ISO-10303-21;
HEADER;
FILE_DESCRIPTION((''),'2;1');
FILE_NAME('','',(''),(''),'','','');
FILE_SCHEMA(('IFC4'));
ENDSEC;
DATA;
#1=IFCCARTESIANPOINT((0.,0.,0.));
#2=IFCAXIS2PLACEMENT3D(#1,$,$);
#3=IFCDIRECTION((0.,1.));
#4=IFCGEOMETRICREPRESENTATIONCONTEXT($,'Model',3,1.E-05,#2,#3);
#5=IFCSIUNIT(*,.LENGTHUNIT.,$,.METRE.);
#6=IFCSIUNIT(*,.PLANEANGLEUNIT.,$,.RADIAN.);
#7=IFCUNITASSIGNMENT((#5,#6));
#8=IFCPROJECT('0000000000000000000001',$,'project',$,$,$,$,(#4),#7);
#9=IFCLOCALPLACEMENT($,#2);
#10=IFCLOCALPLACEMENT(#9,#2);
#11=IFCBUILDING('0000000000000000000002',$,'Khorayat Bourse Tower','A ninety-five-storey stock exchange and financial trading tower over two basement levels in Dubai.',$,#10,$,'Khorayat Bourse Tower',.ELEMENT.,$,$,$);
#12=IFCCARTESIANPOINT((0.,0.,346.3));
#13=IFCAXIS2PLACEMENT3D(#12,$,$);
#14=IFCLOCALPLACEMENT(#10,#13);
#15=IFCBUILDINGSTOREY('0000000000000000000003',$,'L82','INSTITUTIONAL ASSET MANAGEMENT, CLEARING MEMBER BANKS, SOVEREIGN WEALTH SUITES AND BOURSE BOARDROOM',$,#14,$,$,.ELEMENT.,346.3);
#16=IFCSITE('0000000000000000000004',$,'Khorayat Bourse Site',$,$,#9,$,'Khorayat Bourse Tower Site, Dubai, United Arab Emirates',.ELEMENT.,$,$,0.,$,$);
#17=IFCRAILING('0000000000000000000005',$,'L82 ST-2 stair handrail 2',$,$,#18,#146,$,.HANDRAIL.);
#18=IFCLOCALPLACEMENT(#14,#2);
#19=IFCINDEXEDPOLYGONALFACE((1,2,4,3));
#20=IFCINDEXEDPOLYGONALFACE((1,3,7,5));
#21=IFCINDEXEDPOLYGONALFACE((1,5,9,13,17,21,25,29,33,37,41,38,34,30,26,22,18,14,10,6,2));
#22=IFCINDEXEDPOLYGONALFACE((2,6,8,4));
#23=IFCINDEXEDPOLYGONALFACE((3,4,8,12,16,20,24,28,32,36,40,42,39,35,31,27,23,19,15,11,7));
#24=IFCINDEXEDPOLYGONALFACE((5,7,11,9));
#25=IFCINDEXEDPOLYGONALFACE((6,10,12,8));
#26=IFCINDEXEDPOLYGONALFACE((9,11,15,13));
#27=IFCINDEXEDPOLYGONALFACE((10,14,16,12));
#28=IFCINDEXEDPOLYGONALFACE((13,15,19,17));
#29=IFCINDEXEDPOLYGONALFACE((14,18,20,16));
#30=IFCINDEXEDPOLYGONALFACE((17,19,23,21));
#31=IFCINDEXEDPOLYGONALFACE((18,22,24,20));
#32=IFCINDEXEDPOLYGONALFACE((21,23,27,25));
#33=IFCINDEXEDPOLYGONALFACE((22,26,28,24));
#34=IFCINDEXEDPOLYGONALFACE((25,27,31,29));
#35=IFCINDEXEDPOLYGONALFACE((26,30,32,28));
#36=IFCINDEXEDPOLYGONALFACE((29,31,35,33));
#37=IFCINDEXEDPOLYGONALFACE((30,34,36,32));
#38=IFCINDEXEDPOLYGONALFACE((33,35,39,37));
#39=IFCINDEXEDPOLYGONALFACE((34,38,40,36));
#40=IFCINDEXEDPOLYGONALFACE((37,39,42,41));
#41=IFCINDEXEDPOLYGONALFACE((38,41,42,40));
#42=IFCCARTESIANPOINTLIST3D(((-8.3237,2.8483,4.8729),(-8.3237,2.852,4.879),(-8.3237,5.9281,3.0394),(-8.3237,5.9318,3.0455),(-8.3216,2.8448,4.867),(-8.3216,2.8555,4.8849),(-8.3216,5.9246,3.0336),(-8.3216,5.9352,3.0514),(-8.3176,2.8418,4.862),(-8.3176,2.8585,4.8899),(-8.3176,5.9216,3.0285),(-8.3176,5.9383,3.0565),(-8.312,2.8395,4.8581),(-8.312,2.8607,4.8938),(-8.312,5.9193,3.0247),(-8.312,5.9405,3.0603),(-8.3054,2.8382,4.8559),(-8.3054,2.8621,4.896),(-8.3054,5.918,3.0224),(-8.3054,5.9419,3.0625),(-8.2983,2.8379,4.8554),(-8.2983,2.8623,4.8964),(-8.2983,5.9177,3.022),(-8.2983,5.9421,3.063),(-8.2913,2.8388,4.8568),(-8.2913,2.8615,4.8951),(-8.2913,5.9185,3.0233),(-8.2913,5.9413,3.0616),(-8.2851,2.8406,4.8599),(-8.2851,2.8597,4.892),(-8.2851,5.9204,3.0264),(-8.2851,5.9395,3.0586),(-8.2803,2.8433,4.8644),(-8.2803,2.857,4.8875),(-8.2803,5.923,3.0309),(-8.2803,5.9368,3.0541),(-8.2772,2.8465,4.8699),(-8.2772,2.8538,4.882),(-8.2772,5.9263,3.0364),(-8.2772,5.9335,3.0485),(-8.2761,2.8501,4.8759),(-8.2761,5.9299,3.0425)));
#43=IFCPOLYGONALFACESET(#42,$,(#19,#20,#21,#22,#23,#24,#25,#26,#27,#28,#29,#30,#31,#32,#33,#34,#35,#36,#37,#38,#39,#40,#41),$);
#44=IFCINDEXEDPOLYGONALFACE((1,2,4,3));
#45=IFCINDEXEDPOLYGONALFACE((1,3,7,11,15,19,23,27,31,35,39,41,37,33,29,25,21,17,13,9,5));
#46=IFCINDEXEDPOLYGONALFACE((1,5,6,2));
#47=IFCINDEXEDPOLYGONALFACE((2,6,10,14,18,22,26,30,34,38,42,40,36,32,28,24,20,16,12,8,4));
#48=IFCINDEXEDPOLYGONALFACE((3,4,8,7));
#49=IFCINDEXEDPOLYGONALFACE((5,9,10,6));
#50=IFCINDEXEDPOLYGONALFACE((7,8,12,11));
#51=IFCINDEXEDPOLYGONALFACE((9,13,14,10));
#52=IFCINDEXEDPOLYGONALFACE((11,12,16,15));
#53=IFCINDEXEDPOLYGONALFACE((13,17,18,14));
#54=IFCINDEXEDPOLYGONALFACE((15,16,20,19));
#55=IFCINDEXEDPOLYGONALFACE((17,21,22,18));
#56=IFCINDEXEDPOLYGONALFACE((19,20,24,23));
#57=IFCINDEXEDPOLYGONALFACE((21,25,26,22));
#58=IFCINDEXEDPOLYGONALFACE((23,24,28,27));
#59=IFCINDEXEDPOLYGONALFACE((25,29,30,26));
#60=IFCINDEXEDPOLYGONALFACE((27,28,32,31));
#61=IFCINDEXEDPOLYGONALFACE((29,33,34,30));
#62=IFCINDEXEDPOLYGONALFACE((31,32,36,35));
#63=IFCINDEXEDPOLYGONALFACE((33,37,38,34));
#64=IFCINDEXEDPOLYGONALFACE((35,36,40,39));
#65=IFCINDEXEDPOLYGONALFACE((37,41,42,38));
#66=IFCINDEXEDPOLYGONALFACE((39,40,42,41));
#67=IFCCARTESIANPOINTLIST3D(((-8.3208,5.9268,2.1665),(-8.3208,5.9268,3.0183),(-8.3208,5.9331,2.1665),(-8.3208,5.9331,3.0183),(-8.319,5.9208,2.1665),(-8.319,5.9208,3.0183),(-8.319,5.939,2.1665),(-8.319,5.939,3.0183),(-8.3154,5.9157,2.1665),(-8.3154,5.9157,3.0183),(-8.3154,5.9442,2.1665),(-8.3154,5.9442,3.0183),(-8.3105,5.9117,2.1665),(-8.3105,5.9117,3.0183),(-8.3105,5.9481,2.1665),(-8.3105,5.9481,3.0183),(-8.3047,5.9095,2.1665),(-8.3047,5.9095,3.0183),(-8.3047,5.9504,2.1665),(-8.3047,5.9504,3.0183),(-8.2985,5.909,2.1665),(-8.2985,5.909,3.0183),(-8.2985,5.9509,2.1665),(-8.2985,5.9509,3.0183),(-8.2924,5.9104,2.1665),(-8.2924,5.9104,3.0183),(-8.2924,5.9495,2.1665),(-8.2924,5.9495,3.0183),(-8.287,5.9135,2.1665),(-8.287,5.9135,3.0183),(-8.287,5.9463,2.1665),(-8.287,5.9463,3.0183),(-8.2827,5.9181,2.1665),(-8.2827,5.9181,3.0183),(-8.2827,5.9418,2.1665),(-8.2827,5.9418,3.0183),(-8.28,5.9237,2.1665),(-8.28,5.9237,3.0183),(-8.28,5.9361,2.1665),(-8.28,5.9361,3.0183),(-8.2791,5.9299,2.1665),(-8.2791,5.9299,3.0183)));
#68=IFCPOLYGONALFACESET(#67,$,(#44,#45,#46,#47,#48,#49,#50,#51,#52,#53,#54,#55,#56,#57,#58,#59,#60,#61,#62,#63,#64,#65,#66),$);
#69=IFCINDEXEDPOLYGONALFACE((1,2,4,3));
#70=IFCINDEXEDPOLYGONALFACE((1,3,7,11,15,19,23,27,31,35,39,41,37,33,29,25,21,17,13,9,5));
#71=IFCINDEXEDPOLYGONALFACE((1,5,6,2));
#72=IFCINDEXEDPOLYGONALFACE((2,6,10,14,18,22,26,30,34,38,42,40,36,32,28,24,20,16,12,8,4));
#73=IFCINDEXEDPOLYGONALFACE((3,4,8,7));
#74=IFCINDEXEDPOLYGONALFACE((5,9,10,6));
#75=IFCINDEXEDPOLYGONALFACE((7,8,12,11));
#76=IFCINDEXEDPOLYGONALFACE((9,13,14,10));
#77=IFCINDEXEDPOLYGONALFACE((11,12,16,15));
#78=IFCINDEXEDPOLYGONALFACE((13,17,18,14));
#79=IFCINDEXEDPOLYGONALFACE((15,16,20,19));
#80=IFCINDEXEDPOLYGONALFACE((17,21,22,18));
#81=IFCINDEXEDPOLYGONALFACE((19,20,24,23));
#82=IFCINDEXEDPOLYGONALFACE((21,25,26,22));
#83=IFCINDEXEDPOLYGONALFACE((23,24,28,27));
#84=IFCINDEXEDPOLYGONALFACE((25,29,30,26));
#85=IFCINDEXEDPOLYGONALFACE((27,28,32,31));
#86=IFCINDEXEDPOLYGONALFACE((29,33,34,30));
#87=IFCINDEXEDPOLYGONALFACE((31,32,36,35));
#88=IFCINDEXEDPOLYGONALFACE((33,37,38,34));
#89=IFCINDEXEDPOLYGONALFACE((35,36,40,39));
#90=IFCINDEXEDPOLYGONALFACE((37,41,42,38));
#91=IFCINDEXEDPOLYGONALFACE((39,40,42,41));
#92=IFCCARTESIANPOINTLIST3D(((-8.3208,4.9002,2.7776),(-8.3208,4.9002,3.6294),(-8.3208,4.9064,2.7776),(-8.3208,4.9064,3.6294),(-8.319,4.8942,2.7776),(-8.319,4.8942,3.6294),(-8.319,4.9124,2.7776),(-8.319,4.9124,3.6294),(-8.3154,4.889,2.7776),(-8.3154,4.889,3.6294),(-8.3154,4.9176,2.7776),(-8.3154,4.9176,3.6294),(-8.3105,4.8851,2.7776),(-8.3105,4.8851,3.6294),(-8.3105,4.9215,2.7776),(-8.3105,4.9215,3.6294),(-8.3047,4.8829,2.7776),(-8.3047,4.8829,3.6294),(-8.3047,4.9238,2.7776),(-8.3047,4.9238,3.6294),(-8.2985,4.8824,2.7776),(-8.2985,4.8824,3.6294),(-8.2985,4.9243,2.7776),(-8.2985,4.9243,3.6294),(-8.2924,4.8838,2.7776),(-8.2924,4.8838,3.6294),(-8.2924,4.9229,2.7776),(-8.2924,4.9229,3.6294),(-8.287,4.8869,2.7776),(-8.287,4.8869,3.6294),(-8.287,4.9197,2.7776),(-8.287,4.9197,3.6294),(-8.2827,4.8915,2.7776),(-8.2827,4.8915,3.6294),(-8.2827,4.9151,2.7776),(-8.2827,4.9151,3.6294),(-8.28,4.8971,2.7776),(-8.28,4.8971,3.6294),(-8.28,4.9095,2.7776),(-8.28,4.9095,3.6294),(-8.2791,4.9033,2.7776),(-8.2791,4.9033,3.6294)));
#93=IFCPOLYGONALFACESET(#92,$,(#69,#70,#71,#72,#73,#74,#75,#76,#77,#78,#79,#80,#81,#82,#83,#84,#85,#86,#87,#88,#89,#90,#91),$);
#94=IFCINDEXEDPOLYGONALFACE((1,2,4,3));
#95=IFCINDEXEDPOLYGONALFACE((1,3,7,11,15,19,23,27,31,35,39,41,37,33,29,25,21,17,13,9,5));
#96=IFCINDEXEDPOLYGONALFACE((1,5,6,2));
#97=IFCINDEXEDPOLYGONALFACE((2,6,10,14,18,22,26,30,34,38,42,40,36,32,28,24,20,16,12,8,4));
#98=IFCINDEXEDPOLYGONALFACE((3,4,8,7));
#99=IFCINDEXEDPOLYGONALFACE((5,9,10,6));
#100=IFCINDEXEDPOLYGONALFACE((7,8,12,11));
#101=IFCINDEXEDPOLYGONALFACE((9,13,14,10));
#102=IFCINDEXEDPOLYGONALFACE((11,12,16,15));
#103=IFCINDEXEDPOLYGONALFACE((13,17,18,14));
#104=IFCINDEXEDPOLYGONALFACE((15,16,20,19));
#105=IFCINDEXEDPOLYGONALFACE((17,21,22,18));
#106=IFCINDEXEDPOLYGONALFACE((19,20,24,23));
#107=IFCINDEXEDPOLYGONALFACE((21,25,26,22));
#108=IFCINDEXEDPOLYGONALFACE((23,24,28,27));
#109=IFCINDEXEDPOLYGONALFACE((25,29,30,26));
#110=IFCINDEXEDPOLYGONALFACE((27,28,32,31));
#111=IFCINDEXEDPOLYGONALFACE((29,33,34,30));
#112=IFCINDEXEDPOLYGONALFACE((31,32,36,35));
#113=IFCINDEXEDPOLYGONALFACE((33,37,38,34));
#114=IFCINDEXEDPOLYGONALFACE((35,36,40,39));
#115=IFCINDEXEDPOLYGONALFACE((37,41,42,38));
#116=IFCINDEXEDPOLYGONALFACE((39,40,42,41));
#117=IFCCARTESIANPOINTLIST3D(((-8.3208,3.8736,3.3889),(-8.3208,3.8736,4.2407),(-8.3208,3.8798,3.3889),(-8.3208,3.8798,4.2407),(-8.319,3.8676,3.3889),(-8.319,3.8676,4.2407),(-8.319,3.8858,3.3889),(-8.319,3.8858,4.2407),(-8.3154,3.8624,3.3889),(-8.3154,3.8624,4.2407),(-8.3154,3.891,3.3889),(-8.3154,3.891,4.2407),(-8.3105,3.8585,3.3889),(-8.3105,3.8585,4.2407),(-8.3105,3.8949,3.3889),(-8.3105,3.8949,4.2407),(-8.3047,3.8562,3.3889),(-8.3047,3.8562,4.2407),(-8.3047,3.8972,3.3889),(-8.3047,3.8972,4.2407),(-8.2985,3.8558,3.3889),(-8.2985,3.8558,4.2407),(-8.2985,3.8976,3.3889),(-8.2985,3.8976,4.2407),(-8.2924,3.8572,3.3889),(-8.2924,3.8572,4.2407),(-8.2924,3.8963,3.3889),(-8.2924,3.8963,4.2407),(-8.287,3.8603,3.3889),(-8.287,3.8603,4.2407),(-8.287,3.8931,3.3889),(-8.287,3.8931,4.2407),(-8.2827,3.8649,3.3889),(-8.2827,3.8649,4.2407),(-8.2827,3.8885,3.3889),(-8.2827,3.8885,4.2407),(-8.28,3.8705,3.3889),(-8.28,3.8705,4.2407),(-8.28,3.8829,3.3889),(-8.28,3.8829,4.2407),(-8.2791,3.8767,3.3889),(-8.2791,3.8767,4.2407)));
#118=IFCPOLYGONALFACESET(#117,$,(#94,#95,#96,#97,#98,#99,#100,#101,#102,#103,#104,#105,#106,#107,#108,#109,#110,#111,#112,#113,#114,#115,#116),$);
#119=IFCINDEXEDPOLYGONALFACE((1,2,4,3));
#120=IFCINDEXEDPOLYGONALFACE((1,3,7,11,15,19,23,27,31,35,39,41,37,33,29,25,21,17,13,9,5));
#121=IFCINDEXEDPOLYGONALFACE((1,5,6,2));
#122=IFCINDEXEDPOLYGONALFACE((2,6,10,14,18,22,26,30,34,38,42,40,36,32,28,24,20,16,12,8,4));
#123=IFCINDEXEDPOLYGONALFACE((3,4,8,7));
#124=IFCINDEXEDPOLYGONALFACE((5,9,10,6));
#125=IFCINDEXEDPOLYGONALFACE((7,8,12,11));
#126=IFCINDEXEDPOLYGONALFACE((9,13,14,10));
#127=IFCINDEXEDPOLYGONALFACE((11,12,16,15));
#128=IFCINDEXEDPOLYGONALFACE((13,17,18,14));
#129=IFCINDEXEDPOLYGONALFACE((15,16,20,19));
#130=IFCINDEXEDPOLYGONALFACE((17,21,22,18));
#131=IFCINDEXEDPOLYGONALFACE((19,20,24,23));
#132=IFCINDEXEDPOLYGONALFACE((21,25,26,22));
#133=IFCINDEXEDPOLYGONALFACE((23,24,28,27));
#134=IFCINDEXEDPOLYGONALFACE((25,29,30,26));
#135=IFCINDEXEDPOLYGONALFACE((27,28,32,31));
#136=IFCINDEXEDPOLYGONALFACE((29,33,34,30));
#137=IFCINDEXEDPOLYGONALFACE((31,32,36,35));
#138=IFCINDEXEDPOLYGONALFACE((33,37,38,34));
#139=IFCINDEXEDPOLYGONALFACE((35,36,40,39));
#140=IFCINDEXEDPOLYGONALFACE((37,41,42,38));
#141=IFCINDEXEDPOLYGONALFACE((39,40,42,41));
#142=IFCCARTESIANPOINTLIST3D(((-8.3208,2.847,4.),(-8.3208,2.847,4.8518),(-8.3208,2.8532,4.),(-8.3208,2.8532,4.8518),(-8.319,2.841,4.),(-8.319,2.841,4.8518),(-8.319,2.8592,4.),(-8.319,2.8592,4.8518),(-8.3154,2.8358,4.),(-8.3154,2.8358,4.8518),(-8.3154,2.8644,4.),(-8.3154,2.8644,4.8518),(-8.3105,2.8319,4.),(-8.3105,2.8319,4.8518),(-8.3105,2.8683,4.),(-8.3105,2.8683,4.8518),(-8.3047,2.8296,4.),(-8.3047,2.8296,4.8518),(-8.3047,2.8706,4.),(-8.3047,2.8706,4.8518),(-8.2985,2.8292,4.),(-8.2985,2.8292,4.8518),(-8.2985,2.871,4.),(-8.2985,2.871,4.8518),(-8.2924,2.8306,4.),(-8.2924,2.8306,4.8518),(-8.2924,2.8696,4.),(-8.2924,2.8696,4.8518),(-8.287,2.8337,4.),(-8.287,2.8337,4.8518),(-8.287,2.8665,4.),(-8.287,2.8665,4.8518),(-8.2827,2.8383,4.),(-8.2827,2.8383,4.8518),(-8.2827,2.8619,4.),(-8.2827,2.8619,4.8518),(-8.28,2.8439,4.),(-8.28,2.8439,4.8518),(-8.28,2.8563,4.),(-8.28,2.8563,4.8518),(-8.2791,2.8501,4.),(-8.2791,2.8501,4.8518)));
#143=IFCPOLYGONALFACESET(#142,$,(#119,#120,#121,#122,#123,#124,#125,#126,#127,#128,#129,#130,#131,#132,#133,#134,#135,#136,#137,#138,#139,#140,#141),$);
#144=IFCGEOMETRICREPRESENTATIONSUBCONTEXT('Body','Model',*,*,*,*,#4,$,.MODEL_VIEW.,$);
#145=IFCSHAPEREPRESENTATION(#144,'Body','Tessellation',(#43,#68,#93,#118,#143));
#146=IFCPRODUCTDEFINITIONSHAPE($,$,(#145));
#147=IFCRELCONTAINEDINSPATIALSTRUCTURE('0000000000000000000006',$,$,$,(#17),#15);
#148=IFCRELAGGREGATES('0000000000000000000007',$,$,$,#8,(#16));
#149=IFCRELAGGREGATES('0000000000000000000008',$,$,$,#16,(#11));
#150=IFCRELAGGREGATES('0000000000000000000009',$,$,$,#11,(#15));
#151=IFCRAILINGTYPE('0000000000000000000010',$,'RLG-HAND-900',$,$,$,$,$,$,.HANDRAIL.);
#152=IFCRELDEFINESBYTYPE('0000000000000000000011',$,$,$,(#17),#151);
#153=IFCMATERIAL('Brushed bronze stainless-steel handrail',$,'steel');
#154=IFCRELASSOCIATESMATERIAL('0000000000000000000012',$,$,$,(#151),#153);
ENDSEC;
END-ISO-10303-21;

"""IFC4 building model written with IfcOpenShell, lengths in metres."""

from ifc_helpers import new_model, si_unit, direction, frame, origin, origin_2d, place, context, subcontext, project, spatial, circle, extrude, source, transform, mapped, material, type_object, element, save


model = new_model("IFC4")

# Units and contexts
model_context = context("Model", 3, precision=1e-05, world=origin(), true_north=direction((0.0, 1.0)))
body_context = subcontext(model_context, "Body", "Model", "MODEL_VIEW")
ifc_project = project(units=[si_unit("LENGTHUNIT", "METRE"), si_unit("PLANEANGLEUNIT", "RADIAN")], contexts=[model_context])

# Site, building, storey
site_placement = place(None, origin())
site = spatial("IfcSite", under=ifc_project, at=site_placement, Name="Khorayat Bourse Site", LongName="Khorayat Bourse Tower Site, Dubai, United Arab Emirates", CompositionType="ELEMENT", RefElevation=0.0)
building_placement = place(site_placement, origin())
building = spatial("IfcBuilding", under=site, at=building_placement, Name="Khorayat Bourse Tower", Description="A ninety-five-storey stock exchange and financial trading tower over two basement levels in Dubai.", LongName="Khorayat Bourse Tower", CompositionType="ELEMENT")
storey_placement = place(building_placement, frame((0.0, 0.0, 346.3)))
storey = spatial("IfcBuildingStorey", under=building, at=storey_placement, Name="L82", Description="INSTITUTIONAL ASSET MANAGEMENT, CLEARING MEMBER BANKS, SOVEREIGN WEALTH SUITES AND BOURSE BOARDROOM", CompositionType="ELEMENT", Elevation=346.3)

# Railing
ifc_material_1 = material(Name="Brushed bronze stainless-steel handrail", Category="steel")
railing_type_1 = type_object("IfcRailingType", Name="RLG-HAND-900", PredefinedType="HANDRAIL", material=ifc_material_1)
shared_shape_1 = source(origin(), body_context, "Body", "SweptSolid", [
    extrude(circle(Radius=0.0239, at=origin_2d()), frame((0.0, 0.0, 0.876), z_axis=(0.0, -0.859261, 0.511538), x_axis=(1.0, 0.0, 0.0)), (0.0, 0.0, 1.0), 3.5842),
    extrude(circle(Radius=0.021, at=origin_2d()), origin(), (0.0, 0.0, 1.0), 0.8518),
    extrude(circle(Radius=0.021, at=origin_2d()), frame((0.0, -1.0266, 0.6111)), (0.0, 0.0, 1.0), 0.8518),
    extrude(circle(Radius=0.021, at=origin_2d()), frame((0.0, -2.0532, 1.2224)), (0.0, 0.0, 1.0), 0.8518),
    extrude(circle(Radius=0.021, at=origin_2d()), frame((0.0, -3.0798, 1.8335)), (0.0, 0.0, 1.0), 0.8518),
])
railing_1_placement = place(storey_placement, frame((-8.3, 5.9299, 2.1665)))
element("IfcRailing", 1, at=railing_1_placement, inside=storey, type_object=railing_type_1, Name="L82 ST-2 stair handrail 2", PredefinedType="HANDRAIL", context=body_context, shape_type="MappedRepresentation", body=[
    mapped(shared_shape_1, transform((0.0, 0.0, 0.0), scale=1.0)),
])

save(model, "model.ifc")
